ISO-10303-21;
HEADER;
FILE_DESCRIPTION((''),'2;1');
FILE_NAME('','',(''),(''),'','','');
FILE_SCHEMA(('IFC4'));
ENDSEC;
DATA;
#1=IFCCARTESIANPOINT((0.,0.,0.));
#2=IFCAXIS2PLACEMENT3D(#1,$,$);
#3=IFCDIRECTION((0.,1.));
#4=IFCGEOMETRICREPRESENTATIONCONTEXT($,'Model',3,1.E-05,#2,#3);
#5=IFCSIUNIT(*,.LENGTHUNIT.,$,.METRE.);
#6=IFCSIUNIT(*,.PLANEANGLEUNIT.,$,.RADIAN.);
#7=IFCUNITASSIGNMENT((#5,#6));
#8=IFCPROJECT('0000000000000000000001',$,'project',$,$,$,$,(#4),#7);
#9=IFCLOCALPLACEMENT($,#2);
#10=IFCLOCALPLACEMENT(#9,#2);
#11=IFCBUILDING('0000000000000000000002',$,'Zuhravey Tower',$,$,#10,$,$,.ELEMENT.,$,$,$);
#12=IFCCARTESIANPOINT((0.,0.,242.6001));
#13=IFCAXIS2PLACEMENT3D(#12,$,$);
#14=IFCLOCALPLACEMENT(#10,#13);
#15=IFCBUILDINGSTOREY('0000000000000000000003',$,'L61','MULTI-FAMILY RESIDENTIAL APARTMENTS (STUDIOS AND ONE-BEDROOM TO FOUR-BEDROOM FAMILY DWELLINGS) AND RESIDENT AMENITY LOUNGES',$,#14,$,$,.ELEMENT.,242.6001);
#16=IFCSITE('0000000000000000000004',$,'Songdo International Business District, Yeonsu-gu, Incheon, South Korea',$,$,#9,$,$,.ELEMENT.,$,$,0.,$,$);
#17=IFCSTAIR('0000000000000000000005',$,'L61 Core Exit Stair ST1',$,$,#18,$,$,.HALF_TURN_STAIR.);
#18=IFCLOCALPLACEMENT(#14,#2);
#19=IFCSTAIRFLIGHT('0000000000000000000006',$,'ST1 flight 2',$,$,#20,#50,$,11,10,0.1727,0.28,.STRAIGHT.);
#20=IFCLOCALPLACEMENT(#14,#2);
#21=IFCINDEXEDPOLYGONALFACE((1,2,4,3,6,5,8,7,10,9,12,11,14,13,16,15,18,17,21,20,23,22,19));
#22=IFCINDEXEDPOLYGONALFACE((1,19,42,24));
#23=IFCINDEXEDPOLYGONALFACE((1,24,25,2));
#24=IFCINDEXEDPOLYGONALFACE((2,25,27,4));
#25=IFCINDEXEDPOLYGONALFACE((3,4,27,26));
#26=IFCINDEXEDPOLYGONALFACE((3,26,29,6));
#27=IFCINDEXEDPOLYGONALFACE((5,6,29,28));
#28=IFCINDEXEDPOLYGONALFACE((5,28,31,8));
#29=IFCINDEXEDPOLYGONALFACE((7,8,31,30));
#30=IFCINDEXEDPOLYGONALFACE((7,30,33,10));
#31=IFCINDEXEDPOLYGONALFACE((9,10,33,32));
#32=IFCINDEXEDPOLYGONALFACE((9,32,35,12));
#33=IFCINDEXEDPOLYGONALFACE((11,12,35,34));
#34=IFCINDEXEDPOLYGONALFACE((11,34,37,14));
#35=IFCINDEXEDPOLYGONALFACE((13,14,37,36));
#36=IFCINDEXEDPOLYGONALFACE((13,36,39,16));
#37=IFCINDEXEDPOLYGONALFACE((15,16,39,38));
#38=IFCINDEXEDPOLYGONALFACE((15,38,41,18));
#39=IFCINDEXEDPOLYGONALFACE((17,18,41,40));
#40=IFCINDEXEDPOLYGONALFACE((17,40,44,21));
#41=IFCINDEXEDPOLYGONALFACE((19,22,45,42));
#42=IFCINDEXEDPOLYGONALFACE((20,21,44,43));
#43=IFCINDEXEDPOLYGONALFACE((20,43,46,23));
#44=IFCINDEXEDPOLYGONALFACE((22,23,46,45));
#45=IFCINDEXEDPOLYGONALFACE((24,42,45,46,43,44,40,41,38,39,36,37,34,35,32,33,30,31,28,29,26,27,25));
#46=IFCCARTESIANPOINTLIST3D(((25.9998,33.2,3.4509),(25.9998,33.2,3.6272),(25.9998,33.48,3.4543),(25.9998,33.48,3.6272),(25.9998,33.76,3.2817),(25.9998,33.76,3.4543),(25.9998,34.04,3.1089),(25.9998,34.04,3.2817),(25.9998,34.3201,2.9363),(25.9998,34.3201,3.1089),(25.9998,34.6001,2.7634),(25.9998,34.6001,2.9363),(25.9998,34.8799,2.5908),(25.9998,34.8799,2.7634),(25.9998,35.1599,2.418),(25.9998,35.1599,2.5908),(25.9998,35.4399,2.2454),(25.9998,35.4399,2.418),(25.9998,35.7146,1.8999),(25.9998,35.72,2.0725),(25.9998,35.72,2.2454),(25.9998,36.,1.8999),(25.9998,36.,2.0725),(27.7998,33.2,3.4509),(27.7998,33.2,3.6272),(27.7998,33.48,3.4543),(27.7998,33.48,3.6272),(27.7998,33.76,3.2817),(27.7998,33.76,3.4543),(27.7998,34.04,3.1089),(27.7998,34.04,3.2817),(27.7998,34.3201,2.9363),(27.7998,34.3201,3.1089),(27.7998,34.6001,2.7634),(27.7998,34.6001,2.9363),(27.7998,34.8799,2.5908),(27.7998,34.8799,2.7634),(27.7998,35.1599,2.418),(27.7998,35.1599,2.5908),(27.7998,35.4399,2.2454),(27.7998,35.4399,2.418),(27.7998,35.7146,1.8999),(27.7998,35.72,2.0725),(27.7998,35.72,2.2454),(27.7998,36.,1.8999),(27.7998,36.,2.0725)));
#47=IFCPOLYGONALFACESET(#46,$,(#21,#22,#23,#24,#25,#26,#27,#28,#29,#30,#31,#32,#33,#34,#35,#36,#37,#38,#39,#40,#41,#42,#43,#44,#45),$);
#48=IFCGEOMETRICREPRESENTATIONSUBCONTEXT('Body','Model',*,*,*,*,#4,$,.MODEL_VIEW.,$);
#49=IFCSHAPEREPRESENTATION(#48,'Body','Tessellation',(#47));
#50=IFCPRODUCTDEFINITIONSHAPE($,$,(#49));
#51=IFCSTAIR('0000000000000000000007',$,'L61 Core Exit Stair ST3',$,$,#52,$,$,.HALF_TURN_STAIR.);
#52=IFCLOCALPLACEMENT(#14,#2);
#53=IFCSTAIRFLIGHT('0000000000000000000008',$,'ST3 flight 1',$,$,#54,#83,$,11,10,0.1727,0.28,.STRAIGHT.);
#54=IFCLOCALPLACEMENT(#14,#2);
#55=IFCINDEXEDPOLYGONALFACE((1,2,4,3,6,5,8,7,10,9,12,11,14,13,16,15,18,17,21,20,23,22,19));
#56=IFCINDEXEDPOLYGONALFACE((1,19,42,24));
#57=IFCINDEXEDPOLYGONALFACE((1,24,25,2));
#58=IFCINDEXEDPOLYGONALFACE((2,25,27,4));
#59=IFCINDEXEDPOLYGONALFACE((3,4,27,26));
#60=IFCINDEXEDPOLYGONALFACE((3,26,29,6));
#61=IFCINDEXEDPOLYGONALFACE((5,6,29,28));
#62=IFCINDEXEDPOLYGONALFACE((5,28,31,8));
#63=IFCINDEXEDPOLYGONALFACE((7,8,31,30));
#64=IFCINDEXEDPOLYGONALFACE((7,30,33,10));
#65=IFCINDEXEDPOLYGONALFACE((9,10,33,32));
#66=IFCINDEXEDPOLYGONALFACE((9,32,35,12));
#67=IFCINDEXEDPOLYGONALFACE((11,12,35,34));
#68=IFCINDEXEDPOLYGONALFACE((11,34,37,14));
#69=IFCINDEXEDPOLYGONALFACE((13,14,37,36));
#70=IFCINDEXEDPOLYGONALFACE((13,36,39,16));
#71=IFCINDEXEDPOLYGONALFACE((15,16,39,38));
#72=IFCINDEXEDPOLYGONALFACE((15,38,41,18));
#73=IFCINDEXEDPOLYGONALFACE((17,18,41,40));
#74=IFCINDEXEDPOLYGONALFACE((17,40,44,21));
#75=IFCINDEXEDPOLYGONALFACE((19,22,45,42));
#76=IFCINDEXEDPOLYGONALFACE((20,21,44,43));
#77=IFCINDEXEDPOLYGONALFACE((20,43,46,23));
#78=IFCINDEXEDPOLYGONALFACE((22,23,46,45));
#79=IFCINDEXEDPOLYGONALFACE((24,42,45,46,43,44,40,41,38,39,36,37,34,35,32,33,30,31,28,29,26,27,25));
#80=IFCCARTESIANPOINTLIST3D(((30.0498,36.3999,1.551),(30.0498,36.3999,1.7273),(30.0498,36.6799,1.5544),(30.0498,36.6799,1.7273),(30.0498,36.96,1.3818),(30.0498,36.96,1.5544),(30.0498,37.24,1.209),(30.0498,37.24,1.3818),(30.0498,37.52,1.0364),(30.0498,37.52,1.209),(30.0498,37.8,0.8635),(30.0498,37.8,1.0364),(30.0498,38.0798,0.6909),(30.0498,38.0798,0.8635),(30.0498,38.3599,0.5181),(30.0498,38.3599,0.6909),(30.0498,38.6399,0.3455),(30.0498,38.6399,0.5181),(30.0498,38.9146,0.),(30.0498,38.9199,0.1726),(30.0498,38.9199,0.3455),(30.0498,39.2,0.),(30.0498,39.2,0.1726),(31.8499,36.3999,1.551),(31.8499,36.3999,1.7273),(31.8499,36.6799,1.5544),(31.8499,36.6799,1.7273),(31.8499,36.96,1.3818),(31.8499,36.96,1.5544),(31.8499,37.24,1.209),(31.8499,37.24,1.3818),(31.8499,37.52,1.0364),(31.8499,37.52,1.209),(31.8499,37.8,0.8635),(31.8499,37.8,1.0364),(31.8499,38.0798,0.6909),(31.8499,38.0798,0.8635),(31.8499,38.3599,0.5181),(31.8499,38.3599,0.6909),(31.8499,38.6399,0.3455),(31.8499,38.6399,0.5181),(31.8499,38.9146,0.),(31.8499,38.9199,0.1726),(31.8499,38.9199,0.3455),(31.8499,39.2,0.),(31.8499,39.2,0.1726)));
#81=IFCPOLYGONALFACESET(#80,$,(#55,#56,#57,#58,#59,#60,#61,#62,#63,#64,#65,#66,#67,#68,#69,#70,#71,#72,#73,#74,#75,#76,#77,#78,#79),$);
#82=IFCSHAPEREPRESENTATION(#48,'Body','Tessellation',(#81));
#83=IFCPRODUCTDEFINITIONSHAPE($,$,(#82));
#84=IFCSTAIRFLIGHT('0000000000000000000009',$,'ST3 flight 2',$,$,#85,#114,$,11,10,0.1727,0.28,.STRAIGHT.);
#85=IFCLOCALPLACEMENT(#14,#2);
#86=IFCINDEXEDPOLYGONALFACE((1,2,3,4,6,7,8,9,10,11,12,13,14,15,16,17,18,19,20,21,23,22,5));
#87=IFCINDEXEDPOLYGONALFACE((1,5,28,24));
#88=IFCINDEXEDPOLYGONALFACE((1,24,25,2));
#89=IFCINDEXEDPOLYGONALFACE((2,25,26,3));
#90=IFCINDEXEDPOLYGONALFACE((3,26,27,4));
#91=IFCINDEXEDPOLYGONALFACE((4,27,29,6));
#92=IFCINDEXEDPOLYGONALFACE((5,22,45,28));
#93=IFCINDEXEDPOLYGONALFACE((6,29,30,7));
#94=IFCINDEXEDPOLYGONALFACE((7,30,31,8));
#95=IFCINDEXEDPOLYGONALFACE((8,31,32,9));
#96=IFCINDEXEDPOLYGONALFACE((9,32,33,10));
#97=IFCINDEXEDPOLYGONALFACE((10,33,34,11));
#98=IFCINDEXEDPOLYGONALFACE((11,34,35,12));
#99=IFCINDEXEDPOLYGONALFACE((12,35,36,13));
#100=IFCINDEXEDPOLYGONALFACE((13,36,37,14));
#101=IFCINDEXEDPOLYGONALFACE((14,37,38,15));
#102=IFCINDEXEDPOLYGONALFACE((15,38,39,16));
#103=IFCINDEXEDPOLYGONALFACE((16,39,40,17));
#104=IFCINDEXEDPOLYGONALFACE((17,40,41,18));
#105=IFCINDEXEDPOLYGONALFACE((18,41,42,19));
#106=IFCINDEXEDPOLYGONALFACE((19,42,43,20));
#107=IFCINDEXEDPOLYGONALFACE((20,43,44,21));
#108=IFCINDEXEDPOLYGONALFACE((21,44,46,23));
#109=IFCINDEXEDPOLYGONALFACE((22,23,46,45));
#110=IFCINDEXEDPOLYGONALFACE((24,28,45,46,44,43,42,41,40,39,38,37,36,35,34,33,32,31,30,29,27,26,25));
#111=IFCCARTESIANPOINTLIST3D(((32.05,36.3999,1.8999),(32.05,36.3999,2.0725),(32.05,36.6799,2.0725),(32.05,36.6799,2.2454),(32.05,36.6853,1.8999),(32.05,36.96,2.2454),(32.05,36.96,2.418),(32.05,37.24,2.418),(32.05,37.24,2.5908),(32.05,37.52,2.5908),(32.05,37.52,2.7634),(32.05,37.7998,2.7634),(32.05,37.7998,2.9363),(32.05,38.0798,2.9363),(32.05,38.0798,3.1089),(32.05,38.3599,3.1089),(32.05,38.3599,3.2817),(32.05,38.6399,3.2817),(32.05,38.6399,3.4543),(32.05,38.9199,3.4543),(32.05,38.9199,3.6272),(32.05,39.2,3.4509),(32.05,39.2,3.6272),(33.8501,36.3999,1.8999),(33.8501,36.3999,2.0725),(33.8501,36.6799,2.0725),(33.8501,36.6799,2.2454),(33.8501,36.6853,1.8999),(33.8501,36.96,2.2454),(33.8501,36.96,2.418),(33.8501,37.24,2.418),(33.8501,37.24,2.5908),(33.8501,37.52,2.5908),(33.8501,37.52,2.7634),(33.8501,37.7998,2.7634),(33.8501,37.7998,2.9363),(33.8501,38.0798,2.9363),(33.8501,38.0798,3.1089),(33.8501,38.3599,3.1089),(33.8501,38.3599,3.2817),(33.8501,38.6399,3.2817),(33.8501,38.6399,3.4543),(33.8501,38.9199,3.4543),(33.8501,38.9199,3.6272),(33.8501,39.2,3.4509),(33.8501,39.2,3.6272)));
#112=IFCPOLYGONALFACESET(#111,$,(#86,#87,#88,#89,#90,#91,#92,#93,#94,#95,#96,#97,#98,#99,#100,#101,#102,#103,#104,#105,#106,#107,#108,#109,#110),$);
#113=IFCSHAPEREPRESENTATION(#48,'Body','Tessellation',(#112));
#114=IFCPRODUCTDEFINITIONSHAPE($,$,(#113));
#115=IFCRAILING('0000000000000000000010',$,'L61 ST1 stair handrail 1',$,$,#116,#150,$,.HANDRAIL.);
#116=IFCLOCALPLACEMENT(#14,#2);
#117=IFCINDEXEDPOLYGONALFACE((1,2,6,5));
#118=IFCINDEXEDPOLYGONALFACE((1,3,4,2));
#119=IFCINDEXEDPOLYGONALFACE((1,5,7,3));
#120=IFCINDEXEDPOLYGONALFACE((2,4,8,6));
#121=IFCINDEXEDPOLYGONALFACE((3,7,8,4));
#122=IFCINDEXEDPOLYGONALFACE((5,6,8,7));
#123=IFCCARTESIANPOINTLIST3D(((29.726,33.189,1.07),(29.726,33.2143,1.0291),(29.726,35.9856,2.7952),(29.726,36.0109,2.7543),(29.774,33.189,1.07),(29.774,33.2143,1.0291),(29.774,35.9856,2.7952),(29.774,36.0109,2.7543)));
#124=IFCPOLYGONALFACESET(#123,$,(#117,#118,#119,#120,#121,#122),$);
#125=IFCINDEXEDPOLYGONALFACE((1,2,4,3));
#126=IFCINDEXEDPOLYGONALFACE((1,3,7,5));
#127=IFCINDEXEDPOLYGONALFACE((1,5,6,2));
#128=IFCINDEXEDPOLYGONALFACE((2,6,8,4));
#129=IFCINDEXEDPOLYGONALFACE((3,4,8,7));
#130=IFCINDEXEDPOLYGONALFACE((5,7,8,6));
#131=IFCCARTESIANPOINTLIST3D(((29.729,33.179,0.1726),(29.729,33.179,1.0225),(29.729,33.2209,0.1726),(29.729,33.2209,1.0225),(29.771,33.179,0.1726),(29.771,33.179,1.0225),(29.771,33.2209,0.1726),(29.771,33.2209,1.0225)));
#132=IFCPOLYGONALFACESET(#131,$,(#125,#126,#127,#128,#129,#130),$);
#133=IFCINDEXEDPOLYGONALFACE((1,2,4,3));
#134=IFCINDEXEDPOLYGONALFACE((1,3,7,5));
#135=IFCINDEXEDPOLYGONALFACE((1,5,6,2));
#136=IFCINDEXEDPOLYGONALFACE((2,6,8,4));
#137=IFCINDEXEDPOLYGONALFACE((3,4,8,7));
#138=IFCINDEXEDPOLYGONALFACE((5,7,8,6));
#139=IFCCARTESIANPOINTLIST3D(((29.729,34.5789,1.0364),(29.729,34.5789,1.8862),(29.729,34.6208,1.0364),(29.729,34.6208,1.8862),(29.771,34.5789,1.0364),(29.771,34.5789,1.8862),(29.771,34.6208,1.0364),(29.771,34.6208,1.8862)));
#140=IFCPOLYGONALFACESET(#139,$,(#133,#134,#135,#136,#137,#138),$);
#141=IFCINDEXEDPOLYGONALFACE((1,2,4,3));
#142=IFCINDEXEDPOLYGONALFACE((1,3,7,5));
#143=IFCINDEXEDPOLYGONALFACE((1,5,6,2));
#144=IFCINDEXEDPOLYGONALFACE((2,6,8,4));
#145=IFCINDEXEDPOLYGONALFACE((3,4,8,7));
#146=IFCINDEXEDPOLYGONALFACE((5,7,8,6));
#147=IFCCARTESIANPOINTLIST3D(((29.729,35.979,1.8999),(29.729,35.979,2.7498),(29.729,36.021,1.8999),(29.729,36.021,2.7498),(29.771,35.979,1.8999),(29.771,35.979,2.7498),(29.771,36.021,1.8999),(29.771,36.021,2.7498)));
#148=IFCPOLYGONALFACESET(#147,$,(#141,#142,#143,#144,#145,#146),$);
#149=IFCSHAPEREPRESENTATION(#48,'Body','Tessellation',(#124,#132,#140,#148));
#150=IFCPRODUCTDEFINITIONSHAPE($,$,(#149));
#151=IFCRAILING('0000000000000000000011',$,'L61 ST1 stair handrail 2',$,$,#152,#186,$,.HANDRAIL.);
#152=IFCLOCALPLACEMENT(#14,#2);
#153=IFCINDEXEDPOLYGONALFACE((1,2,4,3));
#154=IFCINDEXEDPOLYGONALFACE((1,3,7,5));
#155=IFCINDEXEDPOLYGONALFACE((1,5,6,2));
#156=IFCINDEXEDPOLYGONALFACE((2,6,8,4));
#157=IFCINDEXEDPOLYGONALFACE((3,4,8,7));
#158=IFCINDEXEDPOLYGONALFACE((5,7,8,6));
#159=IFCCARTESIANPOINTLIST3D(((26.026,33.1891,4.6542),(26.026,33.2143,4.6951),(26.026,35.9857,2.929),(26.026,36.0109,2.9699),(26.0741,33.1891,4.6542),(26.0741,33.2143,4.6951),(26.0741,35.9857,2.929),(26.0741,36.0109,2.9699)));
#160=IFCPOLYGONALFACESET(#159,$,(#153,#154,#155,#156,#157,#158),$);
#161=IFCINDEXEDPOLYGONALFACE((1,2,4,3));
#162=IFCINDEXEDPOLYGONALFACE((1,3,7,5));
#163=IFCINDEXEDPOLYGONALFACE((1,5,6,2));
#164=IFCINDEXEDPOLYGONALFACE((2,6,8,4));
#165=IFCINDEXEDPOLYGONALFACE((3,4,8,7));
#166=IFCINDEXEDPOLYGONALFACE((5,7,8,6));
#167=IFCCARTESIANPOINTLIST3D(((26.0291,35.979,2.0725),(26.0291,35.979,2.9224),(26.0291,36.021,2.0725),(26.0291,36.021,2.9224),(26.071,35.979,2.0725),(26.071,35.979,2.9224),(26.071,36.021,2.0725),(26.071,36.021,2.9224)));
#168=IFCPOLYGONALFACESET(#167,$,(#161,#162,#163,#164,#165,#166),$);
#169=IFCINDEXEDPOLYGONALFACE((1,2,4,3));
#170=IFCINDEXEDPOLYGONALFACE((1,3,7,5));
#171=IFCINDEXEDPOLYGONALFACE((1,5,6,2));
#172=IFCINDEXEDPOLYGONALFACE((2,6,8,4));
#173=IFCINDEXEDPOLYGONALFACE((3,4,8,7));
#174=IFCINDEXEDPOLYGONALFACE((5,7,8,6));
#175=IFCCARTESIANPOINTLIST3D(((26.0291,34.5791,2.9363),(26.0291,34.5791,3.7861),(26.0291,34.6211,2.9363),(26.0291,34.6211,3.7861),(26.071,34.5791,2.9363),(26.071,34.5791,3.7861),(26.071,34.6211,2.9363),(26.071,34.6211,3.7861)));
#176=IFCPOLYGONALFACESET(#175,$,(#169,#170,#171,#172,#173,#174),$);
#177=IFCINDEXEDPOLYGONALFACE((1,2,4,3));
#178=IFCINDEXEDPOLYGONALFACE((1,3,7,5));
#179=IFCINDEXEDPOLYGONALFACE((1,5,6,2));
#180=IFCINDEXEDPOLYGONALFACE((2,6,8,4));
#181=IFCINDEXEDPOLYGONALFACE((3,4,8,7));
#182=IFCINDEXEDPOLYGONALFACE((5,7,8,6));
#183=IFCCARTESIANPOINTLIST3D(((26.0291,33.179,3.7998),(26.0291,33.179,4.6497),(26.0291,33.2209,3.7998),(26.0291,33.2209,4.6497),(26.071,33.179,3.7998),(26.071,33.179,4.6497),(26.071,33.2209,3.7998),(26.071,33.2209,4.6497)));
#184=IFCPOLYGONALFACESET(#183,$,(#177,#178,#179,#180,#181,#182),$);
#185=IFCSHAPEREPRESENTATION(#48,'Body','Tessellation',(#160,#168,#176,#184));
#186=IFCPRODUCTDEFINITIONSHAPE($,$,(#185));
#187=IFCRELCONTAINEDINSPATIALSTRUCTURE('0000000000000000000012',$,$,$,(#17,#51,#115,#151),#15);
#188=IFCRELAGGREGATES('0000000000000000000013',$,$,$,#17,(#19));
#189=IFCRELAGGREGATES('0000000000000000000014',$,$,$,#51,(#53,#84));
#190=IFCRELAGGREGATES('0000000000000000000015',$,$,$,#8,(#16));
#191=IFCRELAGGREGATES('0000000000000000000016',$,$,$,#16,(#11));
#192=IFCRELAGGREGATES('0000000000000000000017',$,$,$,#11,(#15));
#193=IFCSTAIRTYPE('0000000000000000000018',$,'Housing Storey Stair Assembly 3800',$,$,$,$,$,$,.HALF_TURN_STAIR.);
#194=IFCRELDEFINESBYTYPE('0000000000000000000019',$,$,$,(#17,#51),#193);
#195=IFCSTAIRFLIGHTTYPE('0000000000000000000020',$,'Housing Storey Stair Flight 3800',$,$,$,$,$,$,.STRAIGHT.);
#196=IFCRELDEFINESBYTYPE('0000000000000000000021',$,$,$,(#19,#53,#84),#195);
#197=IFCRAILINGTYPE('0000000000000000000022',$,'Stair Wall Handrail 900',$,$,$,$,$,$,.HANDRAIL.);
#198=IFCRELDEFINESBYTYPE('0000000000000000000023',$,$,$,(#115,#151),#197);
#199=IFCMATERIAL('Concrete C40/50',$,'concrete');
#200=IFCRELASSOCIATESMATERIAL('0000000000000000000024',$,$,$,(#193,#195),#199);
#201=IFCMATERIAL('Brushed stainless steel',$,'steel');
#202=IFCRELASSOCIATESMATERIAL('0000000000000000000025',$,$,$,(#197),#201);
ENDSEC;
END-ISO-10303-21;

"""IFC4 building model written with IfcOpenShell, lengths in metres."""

from ifc_helpers import new_model, si_unit, direction, frame, origin, origin_2d, place, context, subcontext, project, spatial, polyline, rectangle, outline, extrude, material, type_object, element, aggregate, save


model = new_model("IFC4")

# Units and contexts
model_context = context("Model", 3, precision=1e-05, world=origin(), true_north=direction((0.0, 1.0)))
body_context = subcontext(model_context, "Body", "Model", "MODEL_VIEW")
ifc_project = project(units=[si_unit("LENGTHUNIT", "METRE"), si_unit("PLANEANGLEUNIT", "RADIAN")], contexts=[model_context])

# Site, building, storey
site_placement = place(None, origin())
site = spatial("IfcSite", under=ifc_project, at=site_placement, Name="Songdo International Business District, Yeonsu-gu, Incheon, South Korea", CompositionType="ELEMENT", RefElevation=0.0)
building_placement = place(site_placement, origin())
building = spatial("IfcBuilding", under=site, at=building_placement, Name="Zuhravey Tower", CompositionType="ELEMENT")
storey_placement = place(building_placement, frame((0.0, 0.0, 242.6001)))
storey = spatial("IfcBuildingStorey", under=building, at=storey_placement, Name="L61", Description="MULTI-FAMILY RESIDENTIAL APARTMENTS (STUDIOS AND ONE-BEDROOM TO FOUR-BEDROOM FAMILY DWELLINGS) AND RESIDENT AMENITY LOUNGES", CompositionType="ELEMENT", Elevation=242.6001)

# Stairs, stair flights
ifc_material_1 = material(Name="Concrete C40/50", Category="concrete")
stair_type = type_object("IfcStairType", Name="Housing Storey Stair Assembly 3800", PredefinedType="HALF_TURN_STAIR", material=ifc_material_1)
stair_1_placement = place(storey_placement, origin())
stair_1 = element("IfcStair", 1, at=stair_1_placement, inside=storey, type_object=stair_type, Name="L61 Core Exit Stair ST1", PredefinedType="HALF_TURN_STAIR")
stair_flight_type = type_object("IfcStairFlightType", Name="Housing Storey Stair Flight 3800", PredefinedType="STRAIGHT", material=ifc_material_1)
stair_flight_1_placement = place(storey_placement, frame((26.8999, 36.0, 1.8999), z_axis=(0.0, 0.0, 1.0), x_axis=(0.0, -1.0, 0.0)))
stair_flight_1 = element("IfcStairFlight", 2, at=stair_flight_1_placement, type_object=stair_flight_type, Name="ST1 flight 2", NumberOfRisers=11, NumberOfTreads=10, PredefinedType="STRAIGHT", RiserHeight=0.1727, TreadLength=0.28, context=body_context, shape_type="SweptSolid", body=[
    extrude(outline(polyline([(0.0, 0.0), (0.0, 0.1726), (0.28, 0.1726), (0.28, 0.3455), (0.5601, 0.3455), (0.5601, 0.5181), (0.8401, 0.5181), (0.8401, 0.6909), (1.1201, 0.6909), (1.1201, 0.8635), (1.3999, 0.8635), (1.3999, 1.0364), (1.6799, 1.0364), (1.6799, 1.209), (1.96, 1.209), (1.96, 1.3818), (2.24, 1.3818), (2.24, 1.5544), (2.52, 1.5544), (2.52, 1.7273), (2.8, 1.7273), (2.8, 1.8999), (2.8, 1.551), (0.2854, 0.0), (0.0, 0.0)])), frame((0.0, 0.8999, 0.0), z_axis=(0.0, -1.0, 0.0), x_axis=(1.0, 0.0, 0.0)), (0.0, 0.0, 1.0), 1.8),
])
aggregate(stair_1, [stair_flight_1])
stair_2_placement = place(storey_placement, origin())
stair_2 = element("IfcStair", 3, at=stair_2_placement, inside=storey, type_object=stair_type, Name="L61 Core Exit Stair ST3", PredefinedType="HALF_TURN_STAIR")
stair_flight_2_placement = place(storey_placement, frame((30.95, 39.2, 0.0), z_axis=(0.0, 0.0, 1.0), x_axis=(0.0, -1.0, 0.0)))
stair_flight_2 = element("IfcStairFlight", 4, at=stair_flight_2_placement, type_object=stair_flight_type, Name="ST3 flight 1", NumberOfRisers=11, NumberOfTreads=10, PredefinedType="STRAIGHT", RiserHeight=0.1727, TreadLength=0.28, context=body_context, shape_type="SweptSolid", body=[
    extrude(outline(polyline([(0.0, 0.0), (0.0, 0.1726), (0.28, 0.1726), (0.28, 0.3455), (0.5601, 0.3455), (0.5601, 0.5181), (0.8401, 0.5181), (0.8401, 0.6909), (1.1201, 0.6909), (1.1201, 0.8635), (1.3999, 0.8635), (1.3999, 1.0364), (1.6799, 1.0364), (1.6799, 1.209), (1.96, 1.209), (1.96, 1.3818), (2.24, 1.3818), (2.24, 1.5544), (2.52, 1.5544), (2.52, 1.7273), (2.8, 1.7273), (2.8, 1.8999), (2.8, 1.551), (0.2854, 0.0), (0.0, 0.0)])), frame((0.0, 0.8999, 0.0), z_axis=(0.0, -1.0, 0.0), x_axis=(1.0, 0.0, 0.0)), (0.0, 0.0, 1.0), 1.8),
])
stair_flight_3_placement = place(storey_placement, frame((32.95, 36.3999, 1.8999), z_axis=(0.0, 0.0, 1.0), x_axis=(0.0, 1.0, 0.0)))
stair_flight_3 = element("IfcStairFlight", 5, at=stair_flight_3_placement, type_object=stair_flight_type, Name="ST3 flight 2", NumberOfRisers=11, NumberOfTreads=10, PredefinedType="STRAIGHT", RiserHeight=0.1727, TreadLength=0.28, context=body_context, shape_type="SweptSolid", body=[
    extrude(outline(polyline([(0.0, 0.0), (0.0, 0.1726), (0.28, 0.1726), (0.28, 0.3455), (0.5601, 0.3455), (0.5601, 0.5181), (0.8401, 0.5181), (0.8401, 0.6909), (1.1201, 0.6909), (1.1201, 0.8635), (1.3999, 0.8635), (1.3999, 1.0364), (1.6799, 1.0364), (1.6799, 1.209), (1.96, 1.209), (1.96, 1.3818), (2.24, 1.3818), (2.24, 1.5544), (2.52, 1.5544), (2.52, 1.7273), (2.8, 1.7273), (2.8, 1.8999), (2.8, 1.551), (0.2854, 0.0), (0.0, 0.0)])), frame((0.0, 0.8999, 0.0), z_axis=(0.0, -1.0, 0.0), x_axis=(1.0, 0.0, 0.0)), (0.0, 0.0, 1.0), 1.8),
])
aggregate(stair_2, [stair_flight_2, stair_flight_3])

# Railings
ifc_material_2 = material(Name="Brushed stainless steel", Category="steel")
railing_type_1 = type_object("IfcRailingType", Name="Stair Wall Handrail 900", PredefinedType="HANDRAIL", material=ifc_material_2)
railing_1_placement = place(storey_placement, frame((29.75, 33.2, 0.1726)))
element("IfcRailing", 6, at=railing_1_placement, inside=storey, type_object=railing_type_1, Name="L61 ST1 stair handrail 1", PredefinedType="HANDRAIL", context=body_context, shape_type="SweptSolid", body=[
    extrude(rectangle(XDim=0.0481, YDim=0.0481, at=origin_2d()), frame((0.0, 0.0017, 0.877), z_axis=(0.0, 0.85109, 0.52502), x_axis=(-1.0, 0.0, 0.0)), (0.0, 0.0, 1.0), 3.2859),
    extrude(rectangle(XDim=0.042, YDim=0.042, at=origin_2d()), origin(), (0.0, 0.0, 1.0), 0.8499),
    extrude(rectangle(XDim=0.042, YDim=0.042, at=origin_2d()), frame((0.0, 1.3999, 0.8638)), (0.0, 0.0, 1.0), 0.8499),
    extrude(rectangle(XDim=0.042, YDim=0.042, at=origin_2d()), frame((0.0, 2.8, 1.7273)), (0.0, 0.0, 1.0), 0.8499),
])
for number, where, name in (
    (7, (26.05, 36.0, 2.0725), "L61 ST1 stair handrail 2"),
):
    element("IfcRailing", number, at=place(storey_placement, frame(where)), inside=storey, type_object=railing_type_1, Name=name, PredefinedType="HANDRAIL", context=body_context, shape_type="SweptSolid", body=[
        extrude(rectangle(XDim=0.0481, YDim=0.0481, at=origin_2d()), frame((0.0, -0.0017, 0.877), z_axis=(0.0, -0.85109, 0.52502), x_axis=(1.0, 0.0, 0.0)), (0.0, 0.0, 1.0), 3.2859),
        extrude(rectangle(XDim=0.042, YDim=0.042, at=origin_2d()), origin(), (0.0, 0.0, 1.0), 0.8499),
        extrude(rectangle(XDim=0.042, YDim=0.042, at=origin_2d()), frame((0.0, -1.3999, 0.8638)), (0.0, 0.0, 1.0), 0.8499),
        extrude(rectangle(XDim=0.042, YDim=0.042, at=origin_2d()), frame((0.0, -2.8, 1.7273)), (0.0, 0.0, 1.0), 0.8499),
    ])

save(model, "model.ifc")
